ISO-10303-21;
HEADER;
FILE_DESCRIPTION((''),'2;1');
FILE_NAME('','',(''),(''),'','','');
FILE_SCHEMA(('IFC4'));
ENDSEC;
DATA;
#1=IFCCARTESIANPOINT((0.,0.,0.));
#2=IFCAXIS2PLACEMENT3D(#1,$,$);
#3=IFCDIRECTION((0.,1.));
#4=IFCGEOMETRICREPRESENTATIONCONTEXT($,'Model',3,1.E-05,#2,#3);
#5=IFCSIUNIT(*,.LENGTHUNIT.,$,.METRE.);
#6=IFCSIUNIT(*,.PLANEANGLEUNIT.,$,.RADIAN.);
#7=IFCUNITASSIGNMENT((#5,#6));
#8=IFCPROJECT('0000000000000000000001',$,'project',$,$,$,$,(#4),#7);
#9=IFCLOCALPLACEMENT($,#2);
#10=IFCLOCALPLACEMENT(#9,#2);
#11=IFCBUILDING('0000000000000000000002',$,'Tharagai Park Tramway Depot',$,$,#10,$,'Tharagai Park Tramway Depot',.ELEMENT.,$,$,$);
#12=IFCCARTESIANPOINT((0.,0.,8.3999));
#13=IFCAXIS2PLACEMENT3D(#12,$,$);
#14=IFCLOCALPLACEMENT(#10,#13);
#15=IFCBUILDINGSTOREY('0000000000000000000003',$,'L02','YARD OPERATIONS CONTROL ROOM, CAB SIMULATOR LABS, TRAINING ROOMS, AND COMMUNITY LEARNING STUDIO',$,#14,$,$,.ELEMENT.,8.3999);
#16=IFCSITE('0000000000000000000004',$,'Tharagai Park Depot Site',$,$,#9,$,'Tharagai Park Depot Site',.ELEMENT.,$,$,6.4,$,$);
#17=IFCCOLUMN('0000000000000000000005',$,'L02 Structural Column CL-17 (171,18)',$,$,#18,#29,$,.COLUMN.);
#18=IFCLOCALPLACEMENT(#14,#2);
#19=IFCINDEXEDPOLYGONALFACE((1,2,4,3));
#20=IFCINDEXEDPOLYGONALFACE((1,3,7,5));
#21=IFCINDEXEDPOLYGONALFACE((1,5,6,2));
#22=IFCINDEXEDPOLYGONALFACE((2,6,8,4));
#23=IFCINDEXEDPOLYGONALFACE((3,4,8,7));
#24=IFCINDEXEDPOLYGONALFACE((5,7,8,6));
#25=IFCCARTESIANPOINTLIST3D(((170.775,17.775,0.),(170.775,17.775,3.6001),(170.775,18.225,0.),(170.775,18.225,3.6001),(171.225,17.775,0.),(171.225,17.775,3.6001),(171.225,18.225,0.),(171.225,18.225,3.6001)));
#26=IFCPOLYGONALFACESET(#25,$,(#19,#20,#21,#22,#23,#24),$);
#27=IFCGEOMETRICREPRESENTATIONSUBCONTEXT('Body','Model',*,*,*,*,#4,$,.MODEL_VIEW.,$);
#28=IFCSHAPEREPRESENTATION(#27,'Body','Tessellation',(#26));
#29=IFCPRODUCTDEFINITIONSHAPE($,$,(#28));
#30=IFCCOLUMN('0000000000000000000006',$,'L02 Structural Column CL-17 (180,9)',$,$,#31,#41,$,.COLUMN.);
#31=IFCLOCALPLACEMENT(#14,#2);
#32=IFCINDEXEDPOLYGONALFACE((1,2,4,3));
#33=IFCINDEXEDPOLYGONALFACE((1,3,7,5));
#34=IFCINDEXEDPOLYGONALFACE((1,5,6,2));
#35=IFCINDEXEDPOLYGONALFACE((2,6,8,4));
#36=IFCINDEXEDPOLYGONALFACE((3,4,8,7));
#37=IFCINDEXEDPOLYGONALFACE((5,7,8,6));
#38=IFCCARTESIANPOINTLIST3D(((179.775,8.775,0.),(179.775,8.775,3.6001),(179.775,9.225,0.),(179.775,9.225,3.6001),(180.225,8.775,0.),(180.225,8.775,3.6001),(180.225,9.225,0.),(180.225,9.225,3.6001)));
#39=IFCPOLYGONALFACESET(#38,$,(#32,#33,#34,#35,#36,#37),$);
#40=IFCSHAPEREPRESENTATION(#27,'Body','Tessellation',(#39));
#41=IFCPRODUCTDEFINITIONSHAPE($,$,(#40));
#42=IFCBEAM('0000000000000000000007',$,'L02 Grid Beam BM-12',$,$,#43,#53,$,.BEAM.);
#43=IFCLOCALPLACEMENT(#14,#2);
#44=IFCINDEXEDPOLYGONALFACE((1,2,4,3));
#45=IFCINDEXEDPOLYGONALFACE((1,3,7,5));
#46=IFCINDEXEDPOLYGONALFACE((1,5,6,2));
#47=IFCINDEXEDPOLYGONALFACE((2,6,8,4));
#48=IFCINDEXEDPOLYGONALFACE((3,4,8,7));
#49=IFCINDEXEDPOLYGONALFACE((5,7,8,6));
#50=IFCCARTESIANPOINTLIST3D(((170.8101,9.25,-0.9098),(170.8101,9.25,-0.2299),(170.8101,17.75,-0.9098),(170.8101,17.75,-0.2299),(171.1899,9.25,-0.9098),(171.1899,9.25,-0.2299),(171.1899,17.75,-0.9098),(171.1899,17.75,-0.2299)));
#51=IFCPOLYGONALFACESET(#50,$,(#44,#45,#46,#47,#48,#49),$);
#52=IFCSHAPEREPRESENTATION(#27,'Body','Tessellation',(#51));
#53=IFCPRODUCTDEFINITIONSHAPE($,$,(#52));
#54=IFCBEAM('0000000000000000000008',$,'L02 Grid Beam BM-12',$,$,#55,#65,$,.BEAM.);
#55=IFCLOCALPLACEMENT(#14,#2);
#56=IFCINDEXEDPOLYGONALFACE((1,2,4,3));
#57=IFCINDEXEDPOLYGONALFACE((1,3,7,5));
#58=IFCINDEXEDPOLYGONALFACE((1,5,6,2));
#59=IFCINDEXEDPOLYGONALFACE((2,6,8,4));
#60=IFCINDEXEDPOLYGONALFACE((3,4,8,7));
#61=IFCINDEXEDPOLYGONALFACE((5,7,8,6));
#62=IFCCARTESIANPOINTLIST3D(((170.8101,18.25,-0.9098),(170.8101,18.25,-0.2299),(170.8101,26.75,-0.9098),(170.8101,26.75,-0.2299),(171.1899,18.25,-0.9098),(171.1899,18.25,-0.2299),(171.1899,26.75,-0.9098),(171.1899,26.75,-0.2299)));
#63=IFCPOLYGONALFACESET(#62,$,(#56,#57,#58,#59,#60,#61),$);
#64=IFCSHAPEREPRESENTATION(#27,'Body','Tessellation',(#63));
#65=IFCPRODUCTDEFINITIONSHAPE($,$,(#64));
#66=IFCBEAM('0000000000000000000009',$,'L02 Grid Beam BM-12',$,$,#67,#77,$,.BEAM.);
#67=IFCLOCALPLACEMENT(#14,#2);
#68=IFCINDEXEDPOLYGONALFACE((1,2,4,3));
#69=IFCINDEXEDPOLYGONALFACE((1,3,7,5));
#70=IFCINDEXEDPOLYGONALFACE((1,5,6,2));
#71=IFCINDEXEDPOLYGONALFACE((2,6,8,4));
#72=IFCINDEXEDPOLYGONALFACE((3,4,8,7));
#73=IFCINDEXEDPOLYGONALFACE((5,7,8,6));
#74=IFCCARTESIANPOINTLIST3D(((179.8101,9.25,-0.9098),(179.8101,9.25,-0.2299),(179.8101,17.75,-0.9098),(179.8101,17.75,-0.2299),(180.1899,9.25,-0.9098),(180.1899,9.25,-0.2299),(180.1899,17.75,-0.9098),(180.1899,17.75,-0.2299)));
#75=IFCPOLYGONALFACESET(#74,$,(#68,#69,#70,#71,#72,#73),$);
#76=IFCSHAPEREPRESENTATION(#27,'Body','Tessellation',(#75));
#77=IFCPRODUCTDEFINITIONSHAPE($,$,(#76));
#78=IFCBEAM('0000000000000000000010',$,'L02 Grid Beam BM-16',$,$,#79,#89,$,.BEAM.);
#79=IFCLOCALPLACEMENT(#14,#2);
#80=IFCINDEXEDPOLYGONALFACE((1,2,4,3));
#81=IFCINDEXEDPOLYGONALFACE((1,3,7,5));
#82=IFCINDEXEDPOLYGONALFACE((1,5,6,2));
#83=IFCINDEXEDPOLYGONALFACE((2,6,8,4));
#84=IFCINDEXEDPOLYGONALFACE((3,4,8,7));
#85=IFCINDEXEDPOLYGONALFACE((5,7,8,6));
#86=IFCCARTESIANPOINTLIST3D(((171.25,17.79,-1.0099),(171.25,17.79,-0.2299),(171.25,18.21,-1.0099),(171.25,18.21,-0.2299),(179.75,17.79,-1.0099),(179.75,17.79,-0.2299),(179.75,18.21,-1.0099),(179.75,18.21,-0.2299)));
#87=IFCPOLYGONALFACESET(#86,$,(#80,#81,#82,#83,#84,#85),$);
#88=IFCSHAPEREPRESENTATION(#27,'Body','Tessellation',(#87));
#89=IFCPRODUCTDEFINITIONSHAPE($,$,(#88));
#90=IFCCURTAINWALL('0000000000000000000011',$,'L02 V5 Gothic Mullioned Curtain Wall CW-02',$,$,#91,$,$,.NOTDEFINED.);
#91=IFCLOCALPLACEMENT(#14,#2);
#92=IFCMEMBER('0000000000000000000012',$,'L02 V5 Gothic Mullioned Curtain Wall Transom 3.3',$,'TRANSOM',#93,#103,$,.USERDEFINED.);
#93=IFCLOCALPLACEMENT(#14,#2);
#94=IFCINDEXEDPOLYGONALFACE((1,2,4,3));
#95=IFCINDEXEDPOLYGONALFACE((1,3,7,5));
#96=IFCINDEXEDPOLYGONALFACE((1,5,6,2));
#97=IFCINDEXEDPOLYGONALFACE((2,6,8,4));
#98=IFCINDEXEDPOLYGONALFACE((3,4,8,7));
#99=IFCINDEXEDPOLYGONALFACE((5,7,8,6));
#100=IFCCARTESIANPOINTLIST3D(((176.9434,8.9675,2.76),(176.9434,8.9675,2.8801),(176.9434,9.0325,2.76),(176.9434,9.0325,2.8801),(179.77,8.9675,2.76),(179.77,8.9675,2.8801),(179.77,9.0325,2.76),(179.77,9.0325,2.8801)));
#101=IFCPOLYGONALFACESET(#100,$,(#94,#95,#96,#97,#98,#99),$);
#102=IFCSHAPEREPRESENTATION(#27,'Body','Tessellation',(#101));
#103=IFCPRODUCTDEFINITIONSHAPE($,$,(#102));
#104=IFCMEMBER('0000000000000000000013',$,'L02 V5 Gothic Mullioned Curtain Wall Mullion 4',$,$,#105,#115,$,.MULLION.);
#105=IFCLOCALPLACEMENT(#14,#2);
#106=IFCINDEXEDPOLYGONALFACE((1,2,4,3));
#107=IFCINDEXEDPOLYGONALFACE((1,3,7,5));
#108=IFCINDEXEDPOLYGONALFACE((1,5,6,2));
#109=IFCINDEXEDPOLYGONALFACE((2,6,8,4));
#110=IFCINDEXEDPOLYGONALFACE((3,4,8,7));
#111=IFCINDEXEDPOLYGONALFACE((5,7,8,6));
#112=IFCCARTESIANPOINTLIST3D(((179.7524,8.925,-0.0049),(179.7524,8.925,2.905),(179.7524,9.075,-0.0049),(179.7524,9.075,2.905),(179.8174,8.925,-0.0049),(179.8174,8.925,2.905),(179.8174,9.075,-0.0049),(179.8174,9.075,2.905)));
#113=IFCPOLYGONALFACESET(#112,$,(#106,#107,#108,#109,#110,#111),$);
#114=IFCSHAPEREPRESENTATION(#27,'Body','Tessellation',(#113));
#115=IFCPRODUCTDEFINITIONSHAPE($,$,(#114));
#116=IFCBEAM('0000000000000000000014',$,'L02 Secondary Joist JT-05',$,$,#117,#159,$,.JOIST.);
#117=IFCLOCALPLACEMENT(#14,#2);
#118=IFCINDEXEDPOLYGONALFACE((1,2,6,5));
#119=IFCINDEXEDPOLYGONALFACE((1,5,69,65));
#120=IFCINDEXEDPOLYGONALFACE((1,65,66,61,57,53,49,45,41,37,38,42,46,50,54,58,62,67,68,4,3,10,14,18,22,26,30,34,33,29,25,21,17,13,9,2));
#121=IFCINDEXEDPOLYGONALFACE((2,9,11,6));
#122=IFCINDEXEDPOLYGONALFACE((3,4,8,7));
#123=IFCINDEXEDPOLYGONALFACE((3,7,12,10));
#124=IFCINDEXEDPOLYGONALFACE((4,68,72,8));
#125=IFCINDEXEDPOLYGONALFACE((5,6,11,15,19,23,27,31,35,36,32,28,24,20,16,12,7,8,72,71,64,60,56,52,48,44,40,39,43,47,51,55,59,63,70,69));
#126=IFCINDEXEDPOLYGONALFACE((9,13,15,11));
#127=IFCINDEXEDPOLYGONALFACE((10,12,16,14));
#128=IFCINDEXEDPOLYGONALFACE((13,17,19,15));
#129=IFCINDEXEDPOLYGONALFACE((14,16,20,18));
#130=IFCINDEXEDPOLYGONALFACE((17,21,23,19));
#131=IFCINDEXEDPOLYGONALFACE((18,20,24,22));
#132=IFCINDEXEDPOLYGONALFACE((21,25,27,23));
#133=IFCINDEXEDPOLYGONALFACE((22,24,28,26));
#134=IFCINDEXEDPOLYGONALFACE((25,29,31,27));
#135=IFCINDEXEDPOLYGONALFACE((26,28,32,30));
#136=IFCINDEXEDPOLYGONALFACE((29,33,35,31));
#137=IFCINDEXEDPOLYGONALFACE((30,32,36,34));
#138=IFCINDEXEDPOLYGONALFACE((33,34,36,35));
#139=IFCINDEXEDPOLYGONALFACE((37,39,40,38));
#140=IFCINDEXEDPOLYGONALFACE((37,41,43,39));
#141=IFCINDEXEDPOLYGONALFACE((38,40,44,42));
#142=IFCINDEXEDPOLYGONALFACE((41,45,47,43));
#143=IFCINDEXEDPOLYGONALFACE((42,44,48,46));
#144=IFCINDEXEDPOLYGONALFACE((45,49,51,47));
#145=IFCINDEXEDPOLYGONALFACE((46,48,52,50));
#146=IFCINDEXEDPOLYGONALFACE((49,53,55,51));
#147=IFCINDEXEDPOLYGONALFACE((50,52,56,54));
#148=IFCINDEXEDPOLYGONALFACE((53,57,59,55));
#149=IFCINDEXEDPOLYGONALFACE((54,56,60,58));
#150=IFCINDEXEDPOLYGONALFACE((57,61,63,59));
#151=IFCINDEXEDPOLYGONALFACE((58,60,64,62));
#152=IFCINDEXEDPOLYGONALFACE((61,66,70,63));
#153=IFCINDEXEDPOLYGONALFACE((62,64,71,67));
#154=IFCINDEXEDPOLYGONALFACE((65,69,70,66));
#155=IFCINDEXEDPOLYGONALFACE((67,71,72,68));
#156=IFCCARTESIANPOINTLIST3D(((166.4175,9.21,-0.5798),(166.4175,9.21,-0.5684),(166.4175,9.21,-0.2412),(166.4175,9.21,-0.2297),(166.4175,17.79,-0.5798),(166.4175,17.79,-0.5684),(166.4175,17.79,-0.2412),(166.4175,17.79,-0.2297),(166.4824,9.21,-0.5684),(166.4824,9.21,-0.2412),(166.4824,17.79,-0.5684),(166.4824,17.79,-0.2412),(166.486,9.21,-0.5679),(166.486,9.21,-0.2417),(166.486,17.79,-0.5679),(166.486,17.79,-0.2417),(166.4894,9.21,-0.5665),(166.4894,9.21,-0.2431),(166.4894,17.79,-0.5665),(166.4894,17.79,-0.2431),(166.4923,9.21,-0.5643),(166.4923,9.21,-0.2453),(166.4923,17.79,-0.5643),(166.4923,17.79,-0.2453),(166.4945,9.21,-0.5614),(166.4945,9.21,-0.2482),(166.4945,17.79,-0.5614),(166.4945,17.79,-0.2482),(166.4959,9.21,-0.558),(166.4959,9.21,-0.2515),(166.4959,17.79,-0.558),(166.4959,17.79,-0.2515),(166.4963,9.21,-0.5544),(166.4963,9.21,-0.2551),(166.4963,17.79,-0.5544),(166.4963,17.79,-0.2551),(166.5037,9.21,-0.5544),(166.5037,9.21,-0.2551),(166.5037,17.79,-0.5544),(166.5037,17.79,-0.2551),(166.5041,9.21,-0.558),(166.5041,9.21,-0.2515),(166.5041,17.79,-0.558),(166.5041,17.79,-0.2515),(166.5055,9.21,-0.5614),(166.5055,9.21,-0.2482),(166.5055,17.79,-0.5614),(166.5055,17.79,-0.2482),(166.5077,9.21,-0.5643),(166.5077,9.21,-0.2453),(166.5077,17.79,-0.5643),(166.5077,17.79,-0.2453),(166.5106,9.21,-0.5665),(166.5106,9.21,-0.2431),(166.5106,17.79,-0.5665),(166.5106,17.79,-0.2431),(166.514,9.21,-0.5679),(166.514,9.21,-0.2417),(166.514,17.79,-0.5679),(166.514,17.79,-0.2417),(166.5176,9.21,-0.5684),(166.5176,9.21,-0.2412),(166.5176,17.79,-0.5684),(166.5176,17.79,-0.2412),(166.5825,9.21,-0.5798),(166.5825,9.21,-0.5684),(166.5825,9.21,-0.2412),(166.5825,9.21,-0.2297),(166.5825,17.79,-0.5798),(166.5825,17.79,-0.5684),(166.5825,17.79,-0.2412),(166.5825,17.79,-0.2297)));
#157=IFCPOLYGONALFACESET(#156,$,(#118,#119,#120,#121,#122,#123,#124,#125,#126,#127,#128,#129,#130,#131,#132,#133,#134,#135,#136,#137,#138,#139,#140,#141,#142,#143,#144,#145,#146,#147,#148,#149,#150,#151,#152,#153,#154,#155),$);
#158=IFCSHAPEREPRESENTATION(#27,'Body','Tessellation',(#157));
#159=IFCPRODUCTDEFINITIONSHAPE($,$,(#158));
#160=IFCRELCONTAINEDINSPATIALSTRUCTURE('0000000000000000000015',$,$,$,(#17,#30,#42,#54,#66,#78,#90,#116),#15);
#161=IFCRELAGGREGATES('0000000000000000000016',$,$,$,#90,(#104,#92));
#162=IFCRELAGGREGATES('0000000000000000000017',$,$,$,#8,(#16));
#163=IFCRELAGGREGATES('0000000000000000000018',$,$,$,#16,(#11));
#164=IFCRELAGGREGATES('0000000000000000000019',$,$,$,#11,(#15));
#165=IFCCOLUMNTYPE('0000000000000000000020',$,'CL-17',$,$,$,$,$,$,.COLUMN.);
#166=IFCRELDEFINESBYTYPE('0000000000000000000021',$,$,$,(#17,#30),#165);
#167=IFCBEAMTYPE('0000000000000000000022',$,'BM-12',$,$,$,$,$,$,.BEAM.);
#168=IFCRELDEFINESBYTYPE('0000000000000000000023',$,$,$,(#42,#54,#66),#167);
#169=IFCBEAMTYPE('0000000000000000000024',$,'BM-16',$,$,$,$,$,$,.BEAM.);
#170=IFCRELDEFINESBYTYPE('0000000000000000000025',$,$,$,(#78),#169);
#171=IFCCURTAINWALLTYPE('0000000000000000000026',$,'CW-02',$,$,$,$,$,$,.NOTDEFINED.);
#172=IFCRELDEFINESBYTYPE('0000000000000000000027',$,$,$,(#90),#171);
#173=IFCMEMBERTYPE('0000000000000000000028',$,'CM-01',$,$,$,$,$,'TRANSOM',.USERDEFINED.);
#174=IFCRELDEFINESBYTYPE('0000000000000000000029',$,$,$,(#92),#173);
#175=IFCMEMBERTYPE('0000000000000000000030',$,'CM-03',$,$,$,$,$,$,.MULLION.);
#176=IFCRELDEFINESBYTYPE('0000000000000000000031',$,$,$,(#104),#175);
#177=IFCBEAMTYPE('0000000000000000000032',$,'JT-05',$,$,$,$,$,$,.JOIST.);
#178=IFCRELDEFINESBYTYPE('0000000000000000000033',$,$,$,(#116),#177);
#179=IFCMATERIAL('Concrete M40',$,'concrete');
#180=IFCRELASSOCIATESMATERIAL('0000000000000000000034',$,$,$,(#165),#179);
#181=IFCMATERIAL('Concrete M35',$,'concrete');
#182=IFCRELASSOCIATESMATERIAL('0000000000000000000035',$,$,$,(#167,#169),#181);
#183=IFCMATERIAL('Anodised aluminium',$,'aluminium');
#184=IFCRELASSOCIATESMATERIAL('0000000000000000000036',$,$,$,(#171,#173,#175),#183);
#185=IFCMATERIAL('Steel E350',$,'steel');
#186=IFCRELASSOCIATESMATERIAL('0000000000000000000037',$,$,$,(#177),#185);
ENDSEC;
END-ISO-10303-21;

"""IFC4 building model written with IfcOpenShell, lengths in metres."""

from ifc_helpers import new_model, si_unit, direction, frame, origin, origin_2d, place, context, subcontext, project, spatial, rectangle, i_section, extrude, material, material_profile, profile_set, type_object, element, aggregate, save


model = new_model("IFC4")

# Units and contexts
model_context = context("Model", 3, precision=1e-05, world=origin(), true_north=direction((0.0, 1.0)))
body_context = subcontext(model_context, "Body", "Model", "MODEL_VIEW")
ifc_project = project(units=[si_unit("LENGTHUNIT", "METRE"), si_unit("PLANEANGLEUNIT", "RADIAN")], contexts=[model_context])

# Site, building, storey
site_placement = place(None, origin())
site = spatial("IfcSite", under=ifc_project, at=site_placement, Name="Tharagai Park Depot Site", LongName="Tharagai Park Depot Site", CompositionType="ELEMENT", RefElevation=6.4)
building_placement = place(site_placement, origin())
building = spatial("IfcBuilding", under=site, at=building_placement, Name="Tharagai Park Tramway Depot", LongName="Tharagai Park Tramway Depot", CompositionType="ELEMENT")
storey_placement = place(building_placement, frame((0.0, 0.0, 8.3999)))
storey = spatial("IfcBuildingStorey", under=building, at=storey_placement, Name="L02", Description="YARD OPERATIONS CONTROL ROOM, CAB SIMULATOR LABS, TRAINING ROOMS, AND COMMUNITY LEARNING STUDIO", CompositionType="ELEMENT", Elevation=8.3999)

# Columns
ifc_material_1 = material(Name="Concrete M40", Category="concrete")
ifc_material_profile_1 = material_profile(ifc_material_1, rectangle(XDim=0.45, YDim=0.45, at=origin_2d()), Name="RC 450x450")
ifc_profile_set_1 = profile_set([ifc_material_profile_1], Name="Concrete M40")
column_type = type_object("IfcColumnType", Name="CL-17", PredefinedType="COLUMN", material=ifc_profile_set_1)
for number, where, z_axis, x_axis, name in (
    (1, (171.0, 18.0, 0.0), (0.0, 0.0, 1.0), (1.0, 0.0, 0.0), "L02 Structural Column CL-17 (171,18)"),
    (2, (180.0, 9.0, 0.0), (0.0, 0.0, 1.0), (1.0, 0.0, 0.0), "L02 Structural Column CL-17 (180,9)"),
):
    element("IfcColumn", number, at=place(storey_placement, frame(where, z_axis=z_axis, x_axis=x_axis)), inside=storey, type_object=column_type, Name=name, PredefinedType="COLUMN", context=body_context, shape_type="SweptSolid", body=[
        extrude(rectangle(XDim=0.45, YDim=0.45, at=origin_2d()), origin(), (0.0, 0.0, 1.0), 3.6001),
    ])

# Beams
ifc_material_2 = material(Name="Concrete M35", Category="concrete")
ifc_material_profile_2 = material_profile(ifc_material_2, rectangle(XDim=0.3799, YDim=0.6799, at=origin_2d()), Name="RC 380x680")
ifc_profile_set_2 = profile_set([ifc_material_profile_2], Name="Concrete M35")
beam_type_1 = type_object("IfcBeamType", Name="BM-12", PredefinedType="BEAM", material=ifc_profile_set_2)
for number, where, z_axis, x_axis, name in (
    (3, (171.0, 9.25, -0.5698), (0.0, 1.0, 0.0), (-1.0, 0.0, 0.0), "L02 Grid Beam BM-12"),
    (4, (171.0, 18.25, -0.5698), (0.0, 1.0, 0.0), (-1.0, 0.0, 0.0), "L02 Grid Beam BM-12"),
    (5, (180.0, 9.25, -0.5698), (0.0, 1.0, 0.0), (-1.0, 0.0, 0.0), "L02 Grid Beam BM-12"),
):
    element("IfcBeam", number, at=place(storey_placement, frame(where, z_axis=z_axis, x_axis=x_axis)), inside=storey, type_object=beam_type_1, Name=name, PredefinedType="BEAM", context=body_context, shape_type="SweptSolid", body=[
        extrude(rectangle(XDim=0.3799, YDim=0.6799, at=origin_2d()), origin(), (0.0, 0.0, 1.0), 8.5),
    ])
ifc_material_profile_3 = material_profile(ifc_material_2, rectangle(XDim=0.4199, YDim=0.78, at=origin_2d()), Name="RC 420x780")
ifc_profile_set_3 = profile_set([ifc_material_profile_3], Name="Concrete M35")
beam_type_2 = type_object("IfcBeamType", Name="BM-16", PredefinedType="BEAM", material=ifc_profile_set_3)
beam_1_placement = place(storey_placement, frame((171.25, 18.0, -0.6199), z_axis=(1.0, 0.0, 0.0), x_axis=(0.0, 1.0, 0.0)))
element("IfcBeam", 6, at=beam_1_placement, inside=storey, type_object=beam_type_2, Name="L02 Grid Beam BM-16", PredefinedType="BEAM", context=body_context, shape_type="SweptSolid", body=[
    extrude(rectangle(XDim=0.4199, YDim=0.78, at=origin_2d()), origin(), (0.0, 0.0, 1.0), 8.5),
])

# Curtain wall, members
ifc_material_3 = material(Name="Anodised aluminium", Category="aluminium")
curtain_wall_type = type_object("IfcCurtainWallType", Name="CW-02", PredefinedType="NOTDEFINED", material=ifc_material_3)
curtain_wall_placement = place(storey_placement, origin())
curtain_wall = element("IfcCurtainWall", 7, at=curtain_wall_placement, inside=storey, type_object=curtain_wall_type, Name="L02 V5 Gothic Mullioned Curtain Wall CW-02", PredefinedType="NOTDEFINED")
ifc_material_profile_4 = material_profile(ifc_material_3, rectangle(XDim=0.0649, YDim=0.1201, at=origin_2d()), Name="ALU 65x120")
ifc_profile_set_4 = profile_set([ifc_material_profile_4], Name="Anodised aluminium")
member_type_1 = type_object("IfcMemberType", Name="CM-01", ElementType="TRANSOM", PredefinedType="USERDEFINED", material=ifc_profile_set_4)
member_1_placement = place(storey_placement, frame((176.9434, 9.0, 2.8201), z_axis=(1.0, 0.0, 0.0), x_axis=(0.0, 1.0, 0.0)))
member_1 = element("IfcMember", 8, at=member_1_placement, type_object=member_type_1, Name="L02 V5 Gothic Mullioned Curtain Wall Transom 3.3", ObjectType="TRANSOM", PredefinedType="USERDEFINED", context=body_context, shape_type="SweptSolid", body=[
    extrude(rectangle(XDim=0.0649, YDim=0.1201, at=origin_2d()), origin(), (0.0, 0.0, 1.0), 2.8267),
])
ifc_material_profile_5 = material_profile(ifc_material_3, rectangle(XDim=0.0649, YDim=0.1499, at=origin_2d()), Name="ALU 65x150")
ifc_profile_set_5 = profile_set([ifc_material_profile_5], Name="Anodised aluminium")
member_type_2 = type_object("IfcMemberType", Name="CM-03", PredefinedType="MULLION", material=ifc_profile_set_5)
member_2_placement = place(storey_placement, frame((179.7849, 9.0, -0.0049), z_axis=(0.0, 0.0, 1.0), x_axis=(1.0, 0.0, 0.0)))
member_2 = element("IfcMember", 9, at=member_2_placement, type_object=member_type_2, Name="L02 V5 Gothic Mullioned Curtain Wall Mullion 4", PredefinedType="MULLION", context=body_context, shape_type="SweptSolid", body=[
    extrude(rectangle(XDim=0.0649, YDim=0.1499, at=origin_2d()), origin(), (0.0, 0.0, 1.0), 2.9099),
])

# Beam
ifc_material_4 = material(Name="Steel E350", Category="steel")
ifc_material_profile_6 = material_profile(ifc_material_4, i_section(OverallWidth=0.165, OverallDepth=0.3501, WebThickness=0.0073, FlangeThickness=0.0115, FilletRadius=0.0139, at=origin_2d()), Name="ISLB 350")
ifc_profile_set_6 = profile_set([ifc_material_profile_6], Name="Steel E350")
beam_type_3 = type_object("IfcBeamType", Name="JT-05", PredefinedType="JOIST", material=ifc_profile_set_6)
beam_2_placement = place(storey_placement, frame((166.5, 9.21, -0.4048), z_axis=(0.0, 1.0, 0.0), x_axis=(-1.0, 0.0, 0.0)))
element("IfcBeam", 10, at=beam_2_placement, inside=storey, type_object=beam_type_3, Name="L02 Secondary Joist JT-05", PredefinedType="JOIST", context=body_context, shape_type="SweptSolid", body=[
    extrude(i_section(OverallWidth=0.165, OverallDepth=0.3501, WebThickness=0.0073, FlangeThickness=0.0115, FilletRadius=0.0139, at=origin_2d()), origin(), (0.0, 0.0, 1.0), 8.5801),
])

aggregate(curtain_wall, [member_2, member_1])

save(model, "model.ifc")
